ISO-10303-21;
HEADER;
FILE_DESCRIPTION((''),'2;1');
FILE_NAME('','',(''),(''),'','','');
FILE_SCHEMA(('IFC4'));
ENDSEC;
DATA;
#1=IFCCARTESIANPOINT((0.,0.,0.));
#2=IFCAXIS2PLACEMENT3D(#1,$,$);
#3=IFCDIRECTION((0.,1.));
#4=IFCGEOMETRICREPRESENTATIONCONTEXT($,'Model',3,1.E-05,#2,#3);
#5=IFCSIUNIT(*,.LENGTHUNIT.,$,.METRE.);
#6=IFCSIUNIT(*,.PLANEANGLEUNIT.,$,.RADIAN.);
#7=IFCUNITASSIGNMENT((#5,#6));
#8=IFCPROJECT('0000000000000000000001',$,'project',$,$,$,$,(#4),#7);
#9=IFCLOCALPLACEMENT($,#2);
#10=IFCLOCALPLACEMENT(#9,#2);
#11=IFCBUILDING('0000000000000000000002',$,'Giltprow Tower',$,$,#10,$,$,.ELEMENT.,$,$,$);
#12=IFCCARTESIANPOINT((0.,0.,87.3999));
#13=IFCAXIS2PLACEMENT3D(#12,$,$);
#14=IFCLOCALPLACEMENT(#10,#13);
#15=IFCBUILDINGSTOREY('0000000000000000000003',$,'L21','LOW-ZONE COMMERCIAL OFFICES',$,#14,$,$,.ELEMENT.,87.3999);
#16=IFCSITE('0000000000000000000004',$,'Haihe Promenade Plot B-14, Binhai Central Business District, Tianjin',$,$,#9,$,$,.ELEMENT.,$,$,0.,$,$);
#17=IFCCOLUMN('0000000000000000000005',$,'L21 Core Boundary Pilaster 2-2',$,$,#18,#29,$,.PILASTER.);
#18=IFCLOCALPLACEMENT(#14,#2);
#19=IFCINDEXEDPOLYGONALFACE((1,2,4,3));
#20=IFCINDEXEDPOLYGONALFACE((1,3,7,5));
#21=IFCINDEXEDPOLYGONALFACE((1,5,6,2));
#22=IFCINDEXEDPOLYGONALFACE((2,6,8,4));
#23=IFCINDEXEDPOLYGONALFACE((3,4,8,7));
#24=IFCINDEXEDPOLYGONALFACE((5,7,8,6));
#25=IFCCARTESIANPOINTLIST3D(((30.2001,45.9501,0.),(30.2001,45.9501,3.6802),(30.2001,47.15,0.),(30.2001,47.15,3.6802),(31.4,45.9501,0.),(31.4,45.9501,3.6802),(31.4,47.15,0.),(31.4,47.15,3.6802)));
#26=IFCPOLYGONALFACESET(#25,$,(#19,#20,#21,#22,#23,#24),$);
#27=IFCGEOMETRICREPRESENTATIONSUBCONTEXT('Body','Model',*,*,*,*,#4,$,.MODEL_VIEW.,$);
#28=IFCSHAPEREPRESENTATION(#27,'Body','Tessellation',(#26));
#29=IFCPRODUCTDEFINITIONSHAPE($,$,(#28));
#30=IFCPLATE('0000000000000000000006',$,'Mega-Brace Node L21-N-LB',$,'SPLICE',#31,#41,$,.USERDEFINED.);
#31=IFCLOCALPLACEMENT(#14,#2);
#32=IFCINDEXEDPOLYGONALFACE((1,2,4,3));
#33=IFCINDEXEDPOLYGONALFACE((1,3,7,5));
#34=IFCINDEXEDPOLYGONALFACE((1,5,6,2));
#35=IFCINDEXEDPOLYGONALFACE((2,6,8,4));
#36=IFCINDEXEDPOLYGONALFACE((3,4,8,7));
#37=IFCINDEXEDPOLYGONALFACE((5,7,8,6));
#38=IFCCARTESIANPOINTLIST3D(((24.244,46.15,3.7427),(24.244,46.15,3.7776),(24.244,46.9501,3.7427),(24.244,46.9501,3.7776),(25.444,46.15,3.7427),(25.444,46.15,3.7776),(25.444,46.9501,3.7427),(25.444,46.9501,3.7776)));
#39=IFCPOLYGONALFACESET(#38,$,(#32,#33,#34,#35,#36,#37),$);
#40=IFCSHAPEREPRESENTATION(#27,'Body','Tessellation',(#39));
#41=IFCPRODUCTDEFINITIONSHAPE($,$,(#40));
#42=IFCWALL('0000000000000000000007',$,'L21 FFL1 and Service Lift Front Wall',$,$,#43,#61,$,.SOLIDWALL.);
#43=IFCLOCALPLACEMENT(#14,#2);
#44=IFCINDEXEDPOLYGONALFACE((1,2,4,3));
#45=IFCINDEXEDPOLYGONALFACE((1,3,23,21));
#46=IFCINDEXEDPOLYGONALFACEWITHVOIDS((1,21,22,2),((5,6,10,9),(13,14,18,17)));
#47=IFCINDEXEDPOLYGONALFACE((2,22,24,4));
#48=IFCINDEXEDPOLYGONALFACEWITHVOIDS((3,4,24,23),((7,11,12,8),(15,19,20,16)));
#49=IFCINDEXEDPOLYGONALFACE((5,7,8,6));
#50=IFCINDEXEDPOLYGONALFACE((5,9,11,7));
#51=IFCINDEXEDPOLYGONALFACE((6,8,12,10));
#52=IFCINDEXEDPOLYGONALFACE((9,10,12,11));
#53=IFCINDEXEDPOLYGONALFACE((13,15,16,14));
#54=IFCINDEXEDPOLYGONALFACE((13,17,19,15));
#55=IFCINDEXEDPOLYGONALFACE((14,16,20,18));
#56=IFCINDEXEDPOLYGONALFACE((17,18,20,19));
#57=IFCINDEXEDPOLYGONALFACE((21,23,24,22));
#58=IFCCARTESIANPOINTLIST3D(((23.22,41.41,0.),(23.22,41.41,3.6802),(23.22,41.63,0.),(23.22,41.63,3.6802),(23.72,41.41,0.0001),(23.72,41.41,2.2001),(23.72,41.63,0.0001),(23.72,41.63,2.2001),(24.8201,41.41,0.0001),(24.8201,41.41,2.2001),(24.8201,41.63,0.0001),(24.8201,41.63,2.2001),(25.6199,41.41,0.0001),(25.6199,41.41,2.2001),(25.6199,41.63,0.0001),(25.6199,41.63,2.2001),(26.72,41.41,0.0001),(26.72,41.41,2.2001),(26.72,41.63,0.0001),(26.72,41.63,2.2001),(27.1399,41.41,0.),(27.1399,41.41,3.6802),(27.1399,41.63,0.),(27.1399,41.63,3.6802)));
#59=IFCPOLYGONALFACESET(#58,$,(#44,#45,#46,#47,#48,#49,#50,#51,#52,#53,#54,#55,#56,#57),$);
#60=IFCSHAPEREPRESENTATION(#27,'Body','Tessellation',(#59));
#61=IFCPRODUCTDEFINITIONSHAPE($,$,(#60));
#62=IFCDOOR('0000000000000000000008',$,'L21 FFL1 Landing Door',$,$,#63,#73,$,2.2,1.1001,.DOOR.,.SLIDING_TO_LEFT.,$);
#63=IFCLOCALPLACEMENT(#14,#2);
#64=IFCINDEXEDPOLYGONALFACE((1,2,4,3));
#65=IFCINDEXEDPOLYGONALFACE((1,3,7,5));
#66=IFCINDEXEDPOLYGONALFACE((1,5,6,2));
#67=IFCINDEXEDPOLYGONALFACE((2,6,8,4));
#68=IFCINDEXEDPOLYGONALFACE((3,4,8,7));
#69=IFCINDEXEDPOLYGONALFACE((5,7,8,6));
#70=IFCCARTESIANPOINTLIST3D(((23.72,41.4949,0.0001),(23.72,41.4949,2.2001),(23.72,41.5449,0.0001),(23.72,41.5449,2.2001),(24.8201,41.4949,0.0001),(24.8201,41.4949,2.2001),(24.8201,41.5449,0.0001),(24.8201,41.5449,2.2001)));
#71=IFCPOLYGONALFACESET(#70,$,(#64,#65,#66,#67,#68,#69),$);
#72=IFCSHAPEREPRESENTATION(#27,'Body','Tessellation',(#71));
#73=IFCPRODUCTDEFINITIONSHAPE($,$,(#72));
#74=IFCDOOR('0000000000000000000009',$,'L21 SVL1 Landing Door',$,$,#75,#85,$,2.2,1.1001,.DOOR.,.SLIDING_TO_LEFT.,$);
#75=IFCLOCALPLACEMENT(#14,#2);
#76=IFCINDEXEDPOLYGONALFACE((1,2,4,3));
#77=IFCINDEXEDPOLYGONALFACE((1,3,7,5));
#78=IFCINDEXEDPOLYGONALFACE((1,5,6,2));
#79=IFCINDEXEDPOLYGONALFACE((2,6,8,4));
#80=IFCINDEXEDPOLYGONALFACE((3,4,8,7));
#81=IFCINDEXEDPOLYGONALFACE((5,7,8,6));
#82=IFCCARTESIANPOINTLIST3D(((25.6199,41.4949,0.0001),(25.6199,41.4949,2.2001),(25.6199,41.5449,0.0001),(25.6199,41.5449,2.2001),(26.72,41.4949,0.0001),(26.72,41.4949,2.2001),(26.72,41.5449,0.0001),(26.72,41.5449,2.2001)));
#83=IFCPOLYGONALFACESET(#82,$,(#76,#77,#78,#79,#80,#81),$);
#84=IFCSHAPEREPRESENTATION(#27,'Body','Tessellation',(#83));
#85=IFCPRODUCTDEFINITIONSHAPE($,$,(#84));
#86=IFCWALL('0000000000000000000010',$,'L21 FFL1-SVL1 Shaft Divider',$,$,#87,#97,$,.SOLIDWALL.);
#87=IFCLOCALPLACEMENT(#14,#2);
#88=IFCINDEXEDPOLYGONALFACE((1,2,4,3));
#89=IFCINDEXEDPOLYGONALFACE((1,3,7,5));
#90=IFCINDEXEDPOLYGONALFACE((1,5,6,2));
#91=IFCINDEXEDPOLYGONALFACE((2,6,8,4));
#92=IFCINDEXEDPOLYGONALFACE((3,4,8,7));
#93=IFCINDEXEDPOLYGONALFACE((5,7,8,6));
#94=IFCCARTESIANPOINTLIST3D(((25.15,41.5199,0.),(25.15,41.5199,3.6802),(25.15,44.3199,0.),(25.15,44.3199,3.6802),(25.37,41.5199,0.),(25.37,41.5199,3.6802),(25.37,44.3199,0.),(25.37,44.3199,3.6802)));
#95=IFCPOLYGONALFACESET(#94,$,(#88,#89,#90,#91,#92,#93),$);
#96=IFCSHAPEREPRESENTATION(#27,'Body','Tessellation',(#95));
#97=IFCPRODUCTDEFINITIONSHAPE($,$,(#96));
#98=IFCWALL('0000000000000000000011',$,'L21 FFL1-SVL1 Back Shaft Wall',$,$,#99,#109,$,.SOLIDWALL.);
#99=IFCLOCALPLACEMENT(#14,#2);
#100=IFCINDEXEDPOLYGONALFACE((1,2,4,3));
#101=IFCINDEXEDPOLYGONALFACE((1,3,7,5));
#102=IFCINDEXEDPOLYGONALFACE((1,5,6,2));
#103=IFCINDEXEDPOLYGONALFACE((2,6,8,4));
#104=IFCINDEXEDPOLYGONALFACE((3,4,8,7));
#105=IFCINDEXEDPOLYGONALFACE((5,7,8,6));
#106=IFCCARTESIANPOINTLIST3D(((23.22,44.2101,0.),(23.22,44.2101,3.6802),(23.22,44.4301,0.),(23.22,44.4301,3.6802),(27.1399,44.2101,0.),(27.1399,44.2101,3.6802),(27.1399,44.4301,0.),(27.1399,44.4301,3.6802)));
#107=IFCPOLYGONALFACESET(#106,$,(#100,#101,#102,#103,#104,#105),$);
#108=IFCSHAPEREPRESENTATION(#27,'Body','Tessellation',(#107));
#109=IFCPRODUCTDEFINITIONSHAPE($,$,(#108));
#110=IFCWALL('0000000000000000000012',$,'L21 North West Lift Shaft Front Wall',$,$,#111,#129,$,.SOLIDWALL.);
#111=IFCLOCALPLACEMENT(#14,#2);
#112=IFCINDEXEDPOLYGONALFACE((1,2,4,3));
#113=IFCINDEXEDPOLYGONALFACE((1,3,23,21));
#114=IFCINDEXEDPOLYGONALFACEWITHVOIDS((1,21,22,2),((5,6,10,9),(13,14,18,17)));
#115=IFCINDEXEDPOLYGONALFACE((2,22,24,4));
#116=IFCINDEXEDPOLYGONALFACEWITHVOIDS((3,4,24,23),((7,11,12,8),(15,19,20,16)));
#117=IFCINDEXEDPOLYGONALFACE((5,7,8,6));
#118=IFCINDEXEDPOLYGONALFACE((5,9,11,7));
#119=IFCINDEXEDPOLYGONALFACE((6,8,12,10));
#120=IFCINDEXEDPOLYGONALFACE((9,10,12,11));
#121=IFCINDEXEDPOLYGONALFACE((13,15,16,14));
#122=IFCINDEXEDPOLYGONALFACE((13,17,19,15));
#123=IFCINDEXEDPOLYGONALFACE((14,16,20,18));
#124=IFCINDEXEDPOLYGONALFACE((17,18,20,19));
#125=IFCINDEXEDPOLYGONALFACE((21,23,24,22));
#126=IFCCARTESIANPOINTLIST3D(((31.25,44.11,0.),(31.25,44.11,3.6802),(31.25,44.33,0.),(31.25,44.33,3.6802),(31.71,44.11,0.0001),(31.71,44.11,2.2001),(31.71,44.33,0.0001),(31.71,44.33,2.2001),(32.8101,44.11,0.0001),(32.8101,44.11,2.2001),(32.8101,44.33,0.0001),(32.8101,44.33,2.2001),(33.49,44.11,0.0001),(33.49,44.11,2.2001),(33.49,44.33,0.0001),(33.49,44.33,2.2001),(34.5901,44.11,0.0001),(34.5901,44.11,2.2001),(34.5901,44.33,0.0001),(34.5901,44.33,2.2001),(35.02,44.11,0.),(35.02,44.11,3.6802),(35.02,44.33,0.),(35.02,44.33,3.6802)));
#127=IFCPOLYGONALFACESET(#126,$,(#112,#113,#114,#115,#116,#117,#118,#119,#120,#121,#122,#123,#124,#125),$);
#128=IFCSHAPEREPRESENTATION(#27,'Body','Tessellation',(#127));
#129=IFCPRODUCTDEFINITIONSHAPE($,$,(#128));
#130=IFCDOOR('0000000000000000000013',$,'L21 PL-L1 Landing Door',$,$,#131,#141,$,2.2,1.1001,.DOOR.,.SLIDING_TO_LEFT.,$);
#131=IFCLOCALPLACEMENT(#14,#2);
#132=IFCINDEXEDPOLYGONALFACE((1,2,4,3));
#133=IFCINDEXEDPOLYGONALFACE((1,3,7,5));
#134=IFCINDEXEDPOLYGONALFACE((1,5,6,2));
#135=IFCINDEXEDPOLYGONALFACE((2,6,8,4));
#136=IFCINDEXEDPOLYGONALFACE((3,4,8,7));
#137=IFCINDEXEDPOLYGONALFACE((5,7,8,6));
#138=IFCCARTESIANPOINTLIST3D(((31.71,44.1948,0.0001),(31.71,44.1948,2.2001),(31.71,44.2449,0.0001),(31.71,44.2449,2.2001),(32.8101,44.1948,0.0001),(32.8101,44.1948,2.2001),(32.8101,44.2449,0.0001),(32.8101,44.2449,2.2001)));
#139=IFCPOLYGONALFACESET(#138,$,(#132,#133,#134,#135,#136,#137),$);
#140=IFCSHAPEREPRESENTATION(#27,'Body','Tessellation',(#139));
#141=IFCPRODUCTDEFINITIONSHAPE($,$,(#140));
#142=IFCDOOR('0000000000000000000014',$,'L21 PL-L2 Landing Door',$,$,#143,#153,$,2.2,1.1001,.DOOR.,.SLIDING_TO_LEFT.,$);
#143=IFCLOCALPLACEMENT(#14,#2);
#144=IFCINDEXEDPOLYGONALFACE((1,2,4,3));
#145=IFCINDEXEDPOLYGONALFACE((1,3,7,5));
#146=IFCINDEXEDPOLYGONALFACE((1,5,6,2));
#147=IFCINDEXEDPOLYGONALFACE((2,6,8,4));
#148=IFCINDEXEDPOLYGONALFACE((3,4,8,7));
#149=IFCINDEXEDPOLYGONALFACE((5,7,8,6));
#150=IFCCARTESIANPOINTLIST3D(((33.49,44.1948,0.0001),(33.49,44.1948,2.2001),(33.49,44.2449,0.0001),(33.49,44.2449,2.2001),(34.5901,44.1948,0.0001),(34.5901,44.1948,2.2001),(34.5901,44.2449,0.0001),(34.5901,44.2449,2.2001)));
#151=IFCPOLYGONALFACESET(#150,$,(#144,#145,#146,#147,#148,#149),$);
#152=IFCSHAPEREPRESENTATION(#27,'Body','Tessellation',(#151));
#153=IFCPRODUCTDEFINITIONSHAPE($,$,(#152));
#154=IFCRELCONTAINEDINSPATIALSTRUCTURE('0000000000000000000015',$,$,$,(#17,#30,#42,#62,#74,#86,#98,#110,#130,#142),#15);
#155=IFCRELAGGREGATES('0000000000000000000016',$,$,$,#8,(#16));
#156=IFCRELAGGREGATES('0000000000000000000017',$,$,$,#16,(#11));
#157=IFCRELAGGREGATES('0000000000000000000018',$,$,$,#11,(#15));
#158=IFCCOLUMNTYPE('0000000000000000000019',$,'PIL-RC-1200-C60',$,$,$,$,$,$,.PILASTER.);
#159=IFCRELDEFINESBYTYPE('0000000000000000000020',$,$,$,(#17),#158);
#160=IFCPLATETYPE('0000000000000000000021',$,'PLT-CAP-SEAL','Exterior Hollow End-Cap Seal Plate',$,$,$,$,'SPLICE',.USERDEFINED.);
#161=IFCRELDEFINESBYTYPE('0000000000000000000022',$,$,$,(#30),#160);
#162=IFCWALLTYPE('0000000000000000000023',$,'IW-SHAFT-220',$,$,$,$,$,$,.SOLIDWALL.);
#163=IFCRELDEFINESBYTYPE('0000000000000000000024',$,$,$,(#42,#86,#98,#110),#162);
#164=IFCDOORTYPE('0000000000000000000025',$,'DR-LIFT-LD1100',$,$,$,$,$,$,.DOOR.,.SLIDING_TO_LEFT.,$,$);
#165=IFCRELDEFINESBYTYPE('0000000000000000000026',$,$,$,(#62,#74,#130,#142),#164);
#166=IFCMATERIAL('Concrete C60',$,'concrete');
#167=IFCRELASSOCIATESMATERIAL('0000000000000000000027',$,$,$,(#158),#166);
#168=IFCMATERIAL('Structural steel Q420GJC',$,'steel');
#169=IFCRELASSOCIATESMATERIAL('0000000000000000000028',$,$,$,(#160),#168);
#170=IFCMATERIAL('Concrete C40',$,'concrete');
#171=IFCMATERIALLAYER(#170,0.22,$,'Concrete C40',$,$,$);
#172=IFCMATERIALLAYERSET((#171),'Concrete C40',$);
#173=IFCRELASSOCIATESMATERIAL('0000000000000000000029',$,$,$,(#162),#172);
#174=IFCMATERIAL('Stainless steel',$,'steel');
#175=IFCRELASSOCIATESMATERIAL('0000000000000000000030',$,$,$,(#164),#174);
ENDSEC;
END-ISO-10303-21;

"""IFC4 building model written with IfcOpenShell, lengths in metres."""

from ifc_helpers import new_model, si_unit, direction, frame, frame_2d, origin, origin_2d, place, context, subcontext, project, spatial, rectangle, extrude, source, transform, mapped, material, layer, layer_set, material_profile, profile_set, type_object, element, fill, save


model = new_model("IFC4")

# Units and contexts
model_context = context("Model", 3, precision=1e-05, world=origin(), true_north=direction((0.0, 1.0)))
body_context = subcontext(model_context, "Body", "Model", "MODEL_VIEW")
ifc_project = project(units=[si_unit("LENGTHUNIT", "METRE"), si_unit("PLANEANGLEUNIT", "RADIAN")], contexts=[model_context])

# Site, building, storey
site_placement = place(None, origin())
site = spatial("IfcSite", under=ifc_project, at=site_placement, Name="Haihe Promenade Plot B-14, Binhai Central Business District, Tianjin", CompositionType="ELEMENT", RefElevation=0.0)
building_placement = place(site_placement, origin())
building = spatial("IfcBuilding", under=site, at=building_placement, Name="Giltprow Tower", CompositionType="ELEMENT")
storey_placement = place(building_placement, frame((0.0, 0.0, 87.3999)))
storey = spatial("IfcBuildingStorey", under=building, at=storey_placement, Name="L21", Description="LOW-ZONE COMMERCIAL OFFICES", CompositionType="ELEMENT", Elevation=87.3999)

# Column
ifc_material_1 = material(Name="Concrete C60", Category="concrete")
ifc_material_profile = material_profile(ifc_material_1, rectangle(XDim=1.2, YDim=1.2, at=origin_2d()), Name="RC 1200x1200")
ifc_profile_set = profile_set([ifc_material_profile], Name="Concrete C60")
column_type = type_object("IfcColumnType", Name="PIL-RC-1200-C60", PredefinedType="PILASTER", material=ifc_profile_set)
shared_shape_1 = source(origin(), body_context, "Body", "SweptSolid", [
    extrude(rectangle(XDim=1.2, YDim=1.2, at=origin_2d()), origin(), (0.0, 0.0, 1.0), 3.6802),
])
column_placement = place(storey_placement, frame((30.8, 46.55, 0.0), z_axis=(0.0, 0.0, 1.0), x_axis=(1.0, 0.0, 0.0)))
element("IfcColumn", 1, at=column_placement, inside=storey, type_object=column_type, Name="L21 Core Boundary Pilaster 2-2", PredefinedType="PILASTER", context=body_context, shape_type="MappedRepresentation", body=[
    mapped(shared_shape_1, transform((0.0, 0.0, 0.0), x_axis=(1.0, 0.0, 0.0), y_axis=(0.0, 1.0, 0.0), z_axis=(0.0, 0.0, 1.0), scale=1.0)),
])

# Plate
ifc_material_2 = material(Name="Structural steel Q420GJC", Category="steel")
plate_type = type_object("IfcPlateType", Name="PLT-CAP-SEAL", Description="Exterior Hollow End-Cap Seal Plate", ElementType="SPLICE", PredefinedType="USERDEFINED", material=ifc_material_2)
shared_shape_2 = source(origin(), body_context, "Body", "SweptSolid", [
    extrude(rectangle(XDim=1.2, YDim=0.8, at=origin_2d()), origin(), (0.0, 0.0, 1.0), 0.0349),
])
plate_placement = place(storey_placement, frame((24.844, 46.55, 3.7427), z_axis=(0.0, 0.0, 1.0), x_axis=(1.0, 0.0, 0.0)))
element("IfcPlate", 2, at=plate_placement, inside=storey, type_object=plate_type, Name="Mega-Brace Node L21-N-LB", ObjectType="SPLICE", PredefinedType="USERDEFINED", context=body_context, shape_type="MappedRepresentation", body=[
    mapped(shared_shape_2, transform((0.0, 0.0, 0.0), x_axis=(1.0, 0.0, 0.0), y_axis=(0.0, 1.0, 0.0), z_axis=(0.0, 0.0, 1.0), scale=1.0)),
])

# Wall, openings, doors
ifc_material_3 = material(Name="Concrete C40", Category="concrete")
ifc_layer_1 = layer(ifc_material_3, 0.22, Name="Concrete C40")
ifc_layer_set_1 = layer_set([ifc_layer_1], Name="Concrete C40")
wall_type_1 = type_object("IfcWallType", Name="IW-SHAFT-220", PredefinedType="SOLIDWALL", material=ifc_layer_set_1)
wall_1_placement = place(storey_placement, frame((23.22, 41.52, 0.0), z_axis=(0.0, 0.0, 1.0), x_axis=(1.0, 0.0, 0.0)))
wall_1 = element("IfcWall", 3, at=wall_1_placement, inside=storey, type_object=wall_type_1, Name="L21 FFL1 and Service Lift Front Wall", PredefinedType="SOLIDWALL", context=body_context, shape_type="SweptSolid", body=[
    extrude(rectangle(XDim=3.9199, YDim=0.22, at=frame_2d((1.96, 0.0))), origin(), (0.0, 0.0, 1.0), 3.6802),
])
opening_1_placement = place(wall_1_placement, frame((0.5, 0.0, 0.0)))
opening_1 = element("IfcOpeningElement", 4, at=opening_1_placement, cuts=wall_1, PredefinedType="OPENING", context=body_context, shape_type="SweptSolid", body=[
    extrude(rectangle(XDim=1.1001, YDim=2.2, at=frame_2d((0.55, 1.1001))), frame((0.0, 0.1199, 0.0), z_axis=(0.0, -1.0, 0.0), x_axis=(1.0, 0.0, 0.0)), (0.0, 0.0, 1.0), 0.24),
])
opening_2_placement = place(wall_1_placement, frame((2.3999, 0.0, 0.0)))
opening_2 = element("IfcOpeningElement", 5, at=opening_2_placement, cuts=wall_1, PredefinedType="OPENING", context=body_context, shape_type="SweptSolid", body=[
    extrude(rectangle(XDim=1.1001, YDim=2.2, at=frame_2d((0.55, 1.1001))), frame((0.0, 0.1199, 0.0), z_axis=(0.0, -1.0, 0.0), x_axis=(1.0, 0.0, 0.0)), (0.0, 0.0, 1.0), 0.24),
])
ifc_material_4 = material(Name="Stainless steel", Category="steel")
door_type = type_object("IfcDoorType", Name="DR-LIFT-LD1100", OperationType="SLIDING_TO_LEFT", PredefinedType="DOOR", material=ifc_material_4)
shared_shape_3 = source(origin(), body_context, "Body", "SweptSolid", [
    extrude(rectangle(XDim=1.1001, YDim=2.2, at=frame_2d((0.55, 1.1001))), frame((0.0, 0.0249, 0.0), z_axis=(0.0, -1.0, 0.0), x_axis=(1.0, 0.0, 0.0)), (0.0, 0.0, 1.0), 0.05),
])
door_1_placement = place(opening_1_placement, origin())
door_1 = element("IfcDoor", 6, at=door_1_placement, inside=storey, type_object=door_type, Name="L21 FFL1 Landing Door", OperationType="SLIDING_TO_LEFT", OverallHeight=2.2, OverallWidth=1.1001, PredefinedType="DOOR", context=body_context, shape_type="MappedRepresentation", body=[
    mapped(shared_shape_3, transform((0.0, 0.0, 0.0), x_axis=(1.0, 0.0, 0.0), y_axis=(0.0, 1.0, 0.0), z_axis=(0.0, 0.0, 1.0), scale=1.0)),
])
fill(opening_1, door_1)
door_2_placement = place(opening_2_placement, origin())
door_2 = element("IfcDoor", 7, at=door_2_placement, inside=storey, type_object=door_type, Name="L21 SVL1 Landing Door", OperationType="SLIDING_TO_LEFT", OverallHeight=2.2, OverallWidth=1.1001, PredefinedType="DOOR", context=body_context, shape_type="MappedRepresentation", body=[
    mapped(shared_shape_3, transform((0.0, 0.0, 0.0), x_axis=(1.0, 0.0, 0.0), y_axis=(0.0, 1.0, 0.0), z_axis=(0.0, 0.0, 1.0), scale=1.0)),
])
fill(opening_2, door_2)

# Walls
wall_2_placement = place(storey_placement, frame((25.26, 41.52, 0.0), z_axis=(0.0, 0.0, 1.0), x_axis=(0.0, 1.0, 0.0)))
element("IfcWall", 8, at=wall_2_placement, inside=storey, type_object=wall_type_1, Name="L21 FFL1-SVL1 Shaft Divider", PredefinedType="SOLIDWALL", context=body_context, shape_type="SweptSolid", body=[
    extrude(rectangle(XDim=2.8, YDim=0.22, at=frame_2d((1.3999, 0.0))), origin(), (0.0, 0.0, 1.0), 3.6802),
])
wall_3_placement = place(storey_placement, frame((23.22, 44.3201, 0.0), z_axis=(0.0, 0.0, 1.0), x_axis=(1.0, 0.0, 0.0)))
element("IfcWall", 9, at=wall_3_placement, inside=storey, type_object=wall_type_1, Name="L21 FFL1-SVL1 Back Shaft Wall", PredefinedType="SOLIDWALL", context=body_context, shape_type="SweptSolid", body=[
    extrude(rectangle(XDim=3.9199, YDim=0.22, at=frame_2d((1.96, 0.0))), origin(), (0.0, 0.0, 1.0), 3.6802),
])

# Wall, openings, doors
wall_4_placement = place(storey_placement, frame((31.25, 44.22, 0.0), z_axis=(0.0, 0.0, 1.0), x_axis=(1.0, 0.0, 0.0)))
wall_4 = element("IfcWall", 10, at=wall_4_placement, inside=storey, type_object=wall_type_1, Name="L21 North West Lift Shaft Front Wall", PredefinedType="SOLIDWALL", context=body_context, shape_type="SweptSolid", body=[
    extrude(rectangle(XDim=3.77, YDim=0.22, at=frame_2d((1.885, 0.0))), origin(), (0.0, 0.0, 1.0), 3.6802),
])
opening_3_placement = place(wall_4_placement, frame((0.46, 0.0, 0.0)))
opening_3 = element("IfcOpeningElement", 11, at=opening_3_placement, cuts=wall_4, PredefinedType="OPENING", context=body_context, shape_type="SweptSolid", body=[
    extrude(rectangle(XDim=1.1001, YDim=2.2, at=frame_2d((0.55, 1.1001))), frame((0.0, 0.1199, 0.0), z_axis=(0.0, -1.0, 0.0), x_axis=(1.0, 0.0, 0.0)), (0.0, 0.0, 1.0), 0.24),
])
opening_4_placement = place(wall_4_placement, frame((2.24, 0.0, 0.0)))
opening_4 = element("IfcOpeningElement", 12, at=opening_4_placement, cuts=wall_4, PredefinedType="OPENING", context=body_context, shape_type="SweptSolid", body=[
    extrude(rectangle(XDim=1.1001, YDim=2.2, at=frame_2d((0.55, 1.1001))), frame((0.0, 0.1199, 0.0), z_axis=(0.0, -1.0, 0.0), x_axis=(1.0, 0.0, 0.0)), (0.0, 0.0, 1.0), 0.24),
])
door_3_placement = place(opening_3_placement, origin())
door_3 = element("IfcDoor", 13, at=door_3_placement, inside=storey, type_object=door_type, Name="L21 PL-L1 Landing Door", OperationType="SLIDING_TO_LEFT", OverallHeight=2.2, OverallWidth=1.1001, PredefinedType="DOOR", context=body_context, shape_type="MappedRepresentation", body=[
    mapped(shared_shape_3, transform((0.0, 0.0, 0.0), x_axis=(1.0, 0.0, 0.0), y_axis=(0.0, 1.0, 0.0), z_axis=(0.0, 0.0, 1.0), scale=1.0)),
])
fill(opening_3, door_3)
door_4_placement = place(opening_4_placement, origin())
door_4 = element("IfcDoor", 14, at=door_4_placement, inside=storey, type_object=door_type, Name="L21 PL-L2 Landing Door", OperationType="SLIDING_TO_LEFT", OverallHeight=2.2, OverallWidth=1.1001, PredefinedType="DOOR", context=body_context, shape_type="MappedRepresentation", body=[
    mapped(shared_shape_3, transform((0.0, 0.0, 0.0), x_axis=(1.0, 0.0, 0.0), y_axis=(0.0, 1.0, 0.0), z_axis=(0.0, 0.0, 1.0), scale=1.0)),
])
fill(opening_4, door_4)

save(model, "model.ifc")
